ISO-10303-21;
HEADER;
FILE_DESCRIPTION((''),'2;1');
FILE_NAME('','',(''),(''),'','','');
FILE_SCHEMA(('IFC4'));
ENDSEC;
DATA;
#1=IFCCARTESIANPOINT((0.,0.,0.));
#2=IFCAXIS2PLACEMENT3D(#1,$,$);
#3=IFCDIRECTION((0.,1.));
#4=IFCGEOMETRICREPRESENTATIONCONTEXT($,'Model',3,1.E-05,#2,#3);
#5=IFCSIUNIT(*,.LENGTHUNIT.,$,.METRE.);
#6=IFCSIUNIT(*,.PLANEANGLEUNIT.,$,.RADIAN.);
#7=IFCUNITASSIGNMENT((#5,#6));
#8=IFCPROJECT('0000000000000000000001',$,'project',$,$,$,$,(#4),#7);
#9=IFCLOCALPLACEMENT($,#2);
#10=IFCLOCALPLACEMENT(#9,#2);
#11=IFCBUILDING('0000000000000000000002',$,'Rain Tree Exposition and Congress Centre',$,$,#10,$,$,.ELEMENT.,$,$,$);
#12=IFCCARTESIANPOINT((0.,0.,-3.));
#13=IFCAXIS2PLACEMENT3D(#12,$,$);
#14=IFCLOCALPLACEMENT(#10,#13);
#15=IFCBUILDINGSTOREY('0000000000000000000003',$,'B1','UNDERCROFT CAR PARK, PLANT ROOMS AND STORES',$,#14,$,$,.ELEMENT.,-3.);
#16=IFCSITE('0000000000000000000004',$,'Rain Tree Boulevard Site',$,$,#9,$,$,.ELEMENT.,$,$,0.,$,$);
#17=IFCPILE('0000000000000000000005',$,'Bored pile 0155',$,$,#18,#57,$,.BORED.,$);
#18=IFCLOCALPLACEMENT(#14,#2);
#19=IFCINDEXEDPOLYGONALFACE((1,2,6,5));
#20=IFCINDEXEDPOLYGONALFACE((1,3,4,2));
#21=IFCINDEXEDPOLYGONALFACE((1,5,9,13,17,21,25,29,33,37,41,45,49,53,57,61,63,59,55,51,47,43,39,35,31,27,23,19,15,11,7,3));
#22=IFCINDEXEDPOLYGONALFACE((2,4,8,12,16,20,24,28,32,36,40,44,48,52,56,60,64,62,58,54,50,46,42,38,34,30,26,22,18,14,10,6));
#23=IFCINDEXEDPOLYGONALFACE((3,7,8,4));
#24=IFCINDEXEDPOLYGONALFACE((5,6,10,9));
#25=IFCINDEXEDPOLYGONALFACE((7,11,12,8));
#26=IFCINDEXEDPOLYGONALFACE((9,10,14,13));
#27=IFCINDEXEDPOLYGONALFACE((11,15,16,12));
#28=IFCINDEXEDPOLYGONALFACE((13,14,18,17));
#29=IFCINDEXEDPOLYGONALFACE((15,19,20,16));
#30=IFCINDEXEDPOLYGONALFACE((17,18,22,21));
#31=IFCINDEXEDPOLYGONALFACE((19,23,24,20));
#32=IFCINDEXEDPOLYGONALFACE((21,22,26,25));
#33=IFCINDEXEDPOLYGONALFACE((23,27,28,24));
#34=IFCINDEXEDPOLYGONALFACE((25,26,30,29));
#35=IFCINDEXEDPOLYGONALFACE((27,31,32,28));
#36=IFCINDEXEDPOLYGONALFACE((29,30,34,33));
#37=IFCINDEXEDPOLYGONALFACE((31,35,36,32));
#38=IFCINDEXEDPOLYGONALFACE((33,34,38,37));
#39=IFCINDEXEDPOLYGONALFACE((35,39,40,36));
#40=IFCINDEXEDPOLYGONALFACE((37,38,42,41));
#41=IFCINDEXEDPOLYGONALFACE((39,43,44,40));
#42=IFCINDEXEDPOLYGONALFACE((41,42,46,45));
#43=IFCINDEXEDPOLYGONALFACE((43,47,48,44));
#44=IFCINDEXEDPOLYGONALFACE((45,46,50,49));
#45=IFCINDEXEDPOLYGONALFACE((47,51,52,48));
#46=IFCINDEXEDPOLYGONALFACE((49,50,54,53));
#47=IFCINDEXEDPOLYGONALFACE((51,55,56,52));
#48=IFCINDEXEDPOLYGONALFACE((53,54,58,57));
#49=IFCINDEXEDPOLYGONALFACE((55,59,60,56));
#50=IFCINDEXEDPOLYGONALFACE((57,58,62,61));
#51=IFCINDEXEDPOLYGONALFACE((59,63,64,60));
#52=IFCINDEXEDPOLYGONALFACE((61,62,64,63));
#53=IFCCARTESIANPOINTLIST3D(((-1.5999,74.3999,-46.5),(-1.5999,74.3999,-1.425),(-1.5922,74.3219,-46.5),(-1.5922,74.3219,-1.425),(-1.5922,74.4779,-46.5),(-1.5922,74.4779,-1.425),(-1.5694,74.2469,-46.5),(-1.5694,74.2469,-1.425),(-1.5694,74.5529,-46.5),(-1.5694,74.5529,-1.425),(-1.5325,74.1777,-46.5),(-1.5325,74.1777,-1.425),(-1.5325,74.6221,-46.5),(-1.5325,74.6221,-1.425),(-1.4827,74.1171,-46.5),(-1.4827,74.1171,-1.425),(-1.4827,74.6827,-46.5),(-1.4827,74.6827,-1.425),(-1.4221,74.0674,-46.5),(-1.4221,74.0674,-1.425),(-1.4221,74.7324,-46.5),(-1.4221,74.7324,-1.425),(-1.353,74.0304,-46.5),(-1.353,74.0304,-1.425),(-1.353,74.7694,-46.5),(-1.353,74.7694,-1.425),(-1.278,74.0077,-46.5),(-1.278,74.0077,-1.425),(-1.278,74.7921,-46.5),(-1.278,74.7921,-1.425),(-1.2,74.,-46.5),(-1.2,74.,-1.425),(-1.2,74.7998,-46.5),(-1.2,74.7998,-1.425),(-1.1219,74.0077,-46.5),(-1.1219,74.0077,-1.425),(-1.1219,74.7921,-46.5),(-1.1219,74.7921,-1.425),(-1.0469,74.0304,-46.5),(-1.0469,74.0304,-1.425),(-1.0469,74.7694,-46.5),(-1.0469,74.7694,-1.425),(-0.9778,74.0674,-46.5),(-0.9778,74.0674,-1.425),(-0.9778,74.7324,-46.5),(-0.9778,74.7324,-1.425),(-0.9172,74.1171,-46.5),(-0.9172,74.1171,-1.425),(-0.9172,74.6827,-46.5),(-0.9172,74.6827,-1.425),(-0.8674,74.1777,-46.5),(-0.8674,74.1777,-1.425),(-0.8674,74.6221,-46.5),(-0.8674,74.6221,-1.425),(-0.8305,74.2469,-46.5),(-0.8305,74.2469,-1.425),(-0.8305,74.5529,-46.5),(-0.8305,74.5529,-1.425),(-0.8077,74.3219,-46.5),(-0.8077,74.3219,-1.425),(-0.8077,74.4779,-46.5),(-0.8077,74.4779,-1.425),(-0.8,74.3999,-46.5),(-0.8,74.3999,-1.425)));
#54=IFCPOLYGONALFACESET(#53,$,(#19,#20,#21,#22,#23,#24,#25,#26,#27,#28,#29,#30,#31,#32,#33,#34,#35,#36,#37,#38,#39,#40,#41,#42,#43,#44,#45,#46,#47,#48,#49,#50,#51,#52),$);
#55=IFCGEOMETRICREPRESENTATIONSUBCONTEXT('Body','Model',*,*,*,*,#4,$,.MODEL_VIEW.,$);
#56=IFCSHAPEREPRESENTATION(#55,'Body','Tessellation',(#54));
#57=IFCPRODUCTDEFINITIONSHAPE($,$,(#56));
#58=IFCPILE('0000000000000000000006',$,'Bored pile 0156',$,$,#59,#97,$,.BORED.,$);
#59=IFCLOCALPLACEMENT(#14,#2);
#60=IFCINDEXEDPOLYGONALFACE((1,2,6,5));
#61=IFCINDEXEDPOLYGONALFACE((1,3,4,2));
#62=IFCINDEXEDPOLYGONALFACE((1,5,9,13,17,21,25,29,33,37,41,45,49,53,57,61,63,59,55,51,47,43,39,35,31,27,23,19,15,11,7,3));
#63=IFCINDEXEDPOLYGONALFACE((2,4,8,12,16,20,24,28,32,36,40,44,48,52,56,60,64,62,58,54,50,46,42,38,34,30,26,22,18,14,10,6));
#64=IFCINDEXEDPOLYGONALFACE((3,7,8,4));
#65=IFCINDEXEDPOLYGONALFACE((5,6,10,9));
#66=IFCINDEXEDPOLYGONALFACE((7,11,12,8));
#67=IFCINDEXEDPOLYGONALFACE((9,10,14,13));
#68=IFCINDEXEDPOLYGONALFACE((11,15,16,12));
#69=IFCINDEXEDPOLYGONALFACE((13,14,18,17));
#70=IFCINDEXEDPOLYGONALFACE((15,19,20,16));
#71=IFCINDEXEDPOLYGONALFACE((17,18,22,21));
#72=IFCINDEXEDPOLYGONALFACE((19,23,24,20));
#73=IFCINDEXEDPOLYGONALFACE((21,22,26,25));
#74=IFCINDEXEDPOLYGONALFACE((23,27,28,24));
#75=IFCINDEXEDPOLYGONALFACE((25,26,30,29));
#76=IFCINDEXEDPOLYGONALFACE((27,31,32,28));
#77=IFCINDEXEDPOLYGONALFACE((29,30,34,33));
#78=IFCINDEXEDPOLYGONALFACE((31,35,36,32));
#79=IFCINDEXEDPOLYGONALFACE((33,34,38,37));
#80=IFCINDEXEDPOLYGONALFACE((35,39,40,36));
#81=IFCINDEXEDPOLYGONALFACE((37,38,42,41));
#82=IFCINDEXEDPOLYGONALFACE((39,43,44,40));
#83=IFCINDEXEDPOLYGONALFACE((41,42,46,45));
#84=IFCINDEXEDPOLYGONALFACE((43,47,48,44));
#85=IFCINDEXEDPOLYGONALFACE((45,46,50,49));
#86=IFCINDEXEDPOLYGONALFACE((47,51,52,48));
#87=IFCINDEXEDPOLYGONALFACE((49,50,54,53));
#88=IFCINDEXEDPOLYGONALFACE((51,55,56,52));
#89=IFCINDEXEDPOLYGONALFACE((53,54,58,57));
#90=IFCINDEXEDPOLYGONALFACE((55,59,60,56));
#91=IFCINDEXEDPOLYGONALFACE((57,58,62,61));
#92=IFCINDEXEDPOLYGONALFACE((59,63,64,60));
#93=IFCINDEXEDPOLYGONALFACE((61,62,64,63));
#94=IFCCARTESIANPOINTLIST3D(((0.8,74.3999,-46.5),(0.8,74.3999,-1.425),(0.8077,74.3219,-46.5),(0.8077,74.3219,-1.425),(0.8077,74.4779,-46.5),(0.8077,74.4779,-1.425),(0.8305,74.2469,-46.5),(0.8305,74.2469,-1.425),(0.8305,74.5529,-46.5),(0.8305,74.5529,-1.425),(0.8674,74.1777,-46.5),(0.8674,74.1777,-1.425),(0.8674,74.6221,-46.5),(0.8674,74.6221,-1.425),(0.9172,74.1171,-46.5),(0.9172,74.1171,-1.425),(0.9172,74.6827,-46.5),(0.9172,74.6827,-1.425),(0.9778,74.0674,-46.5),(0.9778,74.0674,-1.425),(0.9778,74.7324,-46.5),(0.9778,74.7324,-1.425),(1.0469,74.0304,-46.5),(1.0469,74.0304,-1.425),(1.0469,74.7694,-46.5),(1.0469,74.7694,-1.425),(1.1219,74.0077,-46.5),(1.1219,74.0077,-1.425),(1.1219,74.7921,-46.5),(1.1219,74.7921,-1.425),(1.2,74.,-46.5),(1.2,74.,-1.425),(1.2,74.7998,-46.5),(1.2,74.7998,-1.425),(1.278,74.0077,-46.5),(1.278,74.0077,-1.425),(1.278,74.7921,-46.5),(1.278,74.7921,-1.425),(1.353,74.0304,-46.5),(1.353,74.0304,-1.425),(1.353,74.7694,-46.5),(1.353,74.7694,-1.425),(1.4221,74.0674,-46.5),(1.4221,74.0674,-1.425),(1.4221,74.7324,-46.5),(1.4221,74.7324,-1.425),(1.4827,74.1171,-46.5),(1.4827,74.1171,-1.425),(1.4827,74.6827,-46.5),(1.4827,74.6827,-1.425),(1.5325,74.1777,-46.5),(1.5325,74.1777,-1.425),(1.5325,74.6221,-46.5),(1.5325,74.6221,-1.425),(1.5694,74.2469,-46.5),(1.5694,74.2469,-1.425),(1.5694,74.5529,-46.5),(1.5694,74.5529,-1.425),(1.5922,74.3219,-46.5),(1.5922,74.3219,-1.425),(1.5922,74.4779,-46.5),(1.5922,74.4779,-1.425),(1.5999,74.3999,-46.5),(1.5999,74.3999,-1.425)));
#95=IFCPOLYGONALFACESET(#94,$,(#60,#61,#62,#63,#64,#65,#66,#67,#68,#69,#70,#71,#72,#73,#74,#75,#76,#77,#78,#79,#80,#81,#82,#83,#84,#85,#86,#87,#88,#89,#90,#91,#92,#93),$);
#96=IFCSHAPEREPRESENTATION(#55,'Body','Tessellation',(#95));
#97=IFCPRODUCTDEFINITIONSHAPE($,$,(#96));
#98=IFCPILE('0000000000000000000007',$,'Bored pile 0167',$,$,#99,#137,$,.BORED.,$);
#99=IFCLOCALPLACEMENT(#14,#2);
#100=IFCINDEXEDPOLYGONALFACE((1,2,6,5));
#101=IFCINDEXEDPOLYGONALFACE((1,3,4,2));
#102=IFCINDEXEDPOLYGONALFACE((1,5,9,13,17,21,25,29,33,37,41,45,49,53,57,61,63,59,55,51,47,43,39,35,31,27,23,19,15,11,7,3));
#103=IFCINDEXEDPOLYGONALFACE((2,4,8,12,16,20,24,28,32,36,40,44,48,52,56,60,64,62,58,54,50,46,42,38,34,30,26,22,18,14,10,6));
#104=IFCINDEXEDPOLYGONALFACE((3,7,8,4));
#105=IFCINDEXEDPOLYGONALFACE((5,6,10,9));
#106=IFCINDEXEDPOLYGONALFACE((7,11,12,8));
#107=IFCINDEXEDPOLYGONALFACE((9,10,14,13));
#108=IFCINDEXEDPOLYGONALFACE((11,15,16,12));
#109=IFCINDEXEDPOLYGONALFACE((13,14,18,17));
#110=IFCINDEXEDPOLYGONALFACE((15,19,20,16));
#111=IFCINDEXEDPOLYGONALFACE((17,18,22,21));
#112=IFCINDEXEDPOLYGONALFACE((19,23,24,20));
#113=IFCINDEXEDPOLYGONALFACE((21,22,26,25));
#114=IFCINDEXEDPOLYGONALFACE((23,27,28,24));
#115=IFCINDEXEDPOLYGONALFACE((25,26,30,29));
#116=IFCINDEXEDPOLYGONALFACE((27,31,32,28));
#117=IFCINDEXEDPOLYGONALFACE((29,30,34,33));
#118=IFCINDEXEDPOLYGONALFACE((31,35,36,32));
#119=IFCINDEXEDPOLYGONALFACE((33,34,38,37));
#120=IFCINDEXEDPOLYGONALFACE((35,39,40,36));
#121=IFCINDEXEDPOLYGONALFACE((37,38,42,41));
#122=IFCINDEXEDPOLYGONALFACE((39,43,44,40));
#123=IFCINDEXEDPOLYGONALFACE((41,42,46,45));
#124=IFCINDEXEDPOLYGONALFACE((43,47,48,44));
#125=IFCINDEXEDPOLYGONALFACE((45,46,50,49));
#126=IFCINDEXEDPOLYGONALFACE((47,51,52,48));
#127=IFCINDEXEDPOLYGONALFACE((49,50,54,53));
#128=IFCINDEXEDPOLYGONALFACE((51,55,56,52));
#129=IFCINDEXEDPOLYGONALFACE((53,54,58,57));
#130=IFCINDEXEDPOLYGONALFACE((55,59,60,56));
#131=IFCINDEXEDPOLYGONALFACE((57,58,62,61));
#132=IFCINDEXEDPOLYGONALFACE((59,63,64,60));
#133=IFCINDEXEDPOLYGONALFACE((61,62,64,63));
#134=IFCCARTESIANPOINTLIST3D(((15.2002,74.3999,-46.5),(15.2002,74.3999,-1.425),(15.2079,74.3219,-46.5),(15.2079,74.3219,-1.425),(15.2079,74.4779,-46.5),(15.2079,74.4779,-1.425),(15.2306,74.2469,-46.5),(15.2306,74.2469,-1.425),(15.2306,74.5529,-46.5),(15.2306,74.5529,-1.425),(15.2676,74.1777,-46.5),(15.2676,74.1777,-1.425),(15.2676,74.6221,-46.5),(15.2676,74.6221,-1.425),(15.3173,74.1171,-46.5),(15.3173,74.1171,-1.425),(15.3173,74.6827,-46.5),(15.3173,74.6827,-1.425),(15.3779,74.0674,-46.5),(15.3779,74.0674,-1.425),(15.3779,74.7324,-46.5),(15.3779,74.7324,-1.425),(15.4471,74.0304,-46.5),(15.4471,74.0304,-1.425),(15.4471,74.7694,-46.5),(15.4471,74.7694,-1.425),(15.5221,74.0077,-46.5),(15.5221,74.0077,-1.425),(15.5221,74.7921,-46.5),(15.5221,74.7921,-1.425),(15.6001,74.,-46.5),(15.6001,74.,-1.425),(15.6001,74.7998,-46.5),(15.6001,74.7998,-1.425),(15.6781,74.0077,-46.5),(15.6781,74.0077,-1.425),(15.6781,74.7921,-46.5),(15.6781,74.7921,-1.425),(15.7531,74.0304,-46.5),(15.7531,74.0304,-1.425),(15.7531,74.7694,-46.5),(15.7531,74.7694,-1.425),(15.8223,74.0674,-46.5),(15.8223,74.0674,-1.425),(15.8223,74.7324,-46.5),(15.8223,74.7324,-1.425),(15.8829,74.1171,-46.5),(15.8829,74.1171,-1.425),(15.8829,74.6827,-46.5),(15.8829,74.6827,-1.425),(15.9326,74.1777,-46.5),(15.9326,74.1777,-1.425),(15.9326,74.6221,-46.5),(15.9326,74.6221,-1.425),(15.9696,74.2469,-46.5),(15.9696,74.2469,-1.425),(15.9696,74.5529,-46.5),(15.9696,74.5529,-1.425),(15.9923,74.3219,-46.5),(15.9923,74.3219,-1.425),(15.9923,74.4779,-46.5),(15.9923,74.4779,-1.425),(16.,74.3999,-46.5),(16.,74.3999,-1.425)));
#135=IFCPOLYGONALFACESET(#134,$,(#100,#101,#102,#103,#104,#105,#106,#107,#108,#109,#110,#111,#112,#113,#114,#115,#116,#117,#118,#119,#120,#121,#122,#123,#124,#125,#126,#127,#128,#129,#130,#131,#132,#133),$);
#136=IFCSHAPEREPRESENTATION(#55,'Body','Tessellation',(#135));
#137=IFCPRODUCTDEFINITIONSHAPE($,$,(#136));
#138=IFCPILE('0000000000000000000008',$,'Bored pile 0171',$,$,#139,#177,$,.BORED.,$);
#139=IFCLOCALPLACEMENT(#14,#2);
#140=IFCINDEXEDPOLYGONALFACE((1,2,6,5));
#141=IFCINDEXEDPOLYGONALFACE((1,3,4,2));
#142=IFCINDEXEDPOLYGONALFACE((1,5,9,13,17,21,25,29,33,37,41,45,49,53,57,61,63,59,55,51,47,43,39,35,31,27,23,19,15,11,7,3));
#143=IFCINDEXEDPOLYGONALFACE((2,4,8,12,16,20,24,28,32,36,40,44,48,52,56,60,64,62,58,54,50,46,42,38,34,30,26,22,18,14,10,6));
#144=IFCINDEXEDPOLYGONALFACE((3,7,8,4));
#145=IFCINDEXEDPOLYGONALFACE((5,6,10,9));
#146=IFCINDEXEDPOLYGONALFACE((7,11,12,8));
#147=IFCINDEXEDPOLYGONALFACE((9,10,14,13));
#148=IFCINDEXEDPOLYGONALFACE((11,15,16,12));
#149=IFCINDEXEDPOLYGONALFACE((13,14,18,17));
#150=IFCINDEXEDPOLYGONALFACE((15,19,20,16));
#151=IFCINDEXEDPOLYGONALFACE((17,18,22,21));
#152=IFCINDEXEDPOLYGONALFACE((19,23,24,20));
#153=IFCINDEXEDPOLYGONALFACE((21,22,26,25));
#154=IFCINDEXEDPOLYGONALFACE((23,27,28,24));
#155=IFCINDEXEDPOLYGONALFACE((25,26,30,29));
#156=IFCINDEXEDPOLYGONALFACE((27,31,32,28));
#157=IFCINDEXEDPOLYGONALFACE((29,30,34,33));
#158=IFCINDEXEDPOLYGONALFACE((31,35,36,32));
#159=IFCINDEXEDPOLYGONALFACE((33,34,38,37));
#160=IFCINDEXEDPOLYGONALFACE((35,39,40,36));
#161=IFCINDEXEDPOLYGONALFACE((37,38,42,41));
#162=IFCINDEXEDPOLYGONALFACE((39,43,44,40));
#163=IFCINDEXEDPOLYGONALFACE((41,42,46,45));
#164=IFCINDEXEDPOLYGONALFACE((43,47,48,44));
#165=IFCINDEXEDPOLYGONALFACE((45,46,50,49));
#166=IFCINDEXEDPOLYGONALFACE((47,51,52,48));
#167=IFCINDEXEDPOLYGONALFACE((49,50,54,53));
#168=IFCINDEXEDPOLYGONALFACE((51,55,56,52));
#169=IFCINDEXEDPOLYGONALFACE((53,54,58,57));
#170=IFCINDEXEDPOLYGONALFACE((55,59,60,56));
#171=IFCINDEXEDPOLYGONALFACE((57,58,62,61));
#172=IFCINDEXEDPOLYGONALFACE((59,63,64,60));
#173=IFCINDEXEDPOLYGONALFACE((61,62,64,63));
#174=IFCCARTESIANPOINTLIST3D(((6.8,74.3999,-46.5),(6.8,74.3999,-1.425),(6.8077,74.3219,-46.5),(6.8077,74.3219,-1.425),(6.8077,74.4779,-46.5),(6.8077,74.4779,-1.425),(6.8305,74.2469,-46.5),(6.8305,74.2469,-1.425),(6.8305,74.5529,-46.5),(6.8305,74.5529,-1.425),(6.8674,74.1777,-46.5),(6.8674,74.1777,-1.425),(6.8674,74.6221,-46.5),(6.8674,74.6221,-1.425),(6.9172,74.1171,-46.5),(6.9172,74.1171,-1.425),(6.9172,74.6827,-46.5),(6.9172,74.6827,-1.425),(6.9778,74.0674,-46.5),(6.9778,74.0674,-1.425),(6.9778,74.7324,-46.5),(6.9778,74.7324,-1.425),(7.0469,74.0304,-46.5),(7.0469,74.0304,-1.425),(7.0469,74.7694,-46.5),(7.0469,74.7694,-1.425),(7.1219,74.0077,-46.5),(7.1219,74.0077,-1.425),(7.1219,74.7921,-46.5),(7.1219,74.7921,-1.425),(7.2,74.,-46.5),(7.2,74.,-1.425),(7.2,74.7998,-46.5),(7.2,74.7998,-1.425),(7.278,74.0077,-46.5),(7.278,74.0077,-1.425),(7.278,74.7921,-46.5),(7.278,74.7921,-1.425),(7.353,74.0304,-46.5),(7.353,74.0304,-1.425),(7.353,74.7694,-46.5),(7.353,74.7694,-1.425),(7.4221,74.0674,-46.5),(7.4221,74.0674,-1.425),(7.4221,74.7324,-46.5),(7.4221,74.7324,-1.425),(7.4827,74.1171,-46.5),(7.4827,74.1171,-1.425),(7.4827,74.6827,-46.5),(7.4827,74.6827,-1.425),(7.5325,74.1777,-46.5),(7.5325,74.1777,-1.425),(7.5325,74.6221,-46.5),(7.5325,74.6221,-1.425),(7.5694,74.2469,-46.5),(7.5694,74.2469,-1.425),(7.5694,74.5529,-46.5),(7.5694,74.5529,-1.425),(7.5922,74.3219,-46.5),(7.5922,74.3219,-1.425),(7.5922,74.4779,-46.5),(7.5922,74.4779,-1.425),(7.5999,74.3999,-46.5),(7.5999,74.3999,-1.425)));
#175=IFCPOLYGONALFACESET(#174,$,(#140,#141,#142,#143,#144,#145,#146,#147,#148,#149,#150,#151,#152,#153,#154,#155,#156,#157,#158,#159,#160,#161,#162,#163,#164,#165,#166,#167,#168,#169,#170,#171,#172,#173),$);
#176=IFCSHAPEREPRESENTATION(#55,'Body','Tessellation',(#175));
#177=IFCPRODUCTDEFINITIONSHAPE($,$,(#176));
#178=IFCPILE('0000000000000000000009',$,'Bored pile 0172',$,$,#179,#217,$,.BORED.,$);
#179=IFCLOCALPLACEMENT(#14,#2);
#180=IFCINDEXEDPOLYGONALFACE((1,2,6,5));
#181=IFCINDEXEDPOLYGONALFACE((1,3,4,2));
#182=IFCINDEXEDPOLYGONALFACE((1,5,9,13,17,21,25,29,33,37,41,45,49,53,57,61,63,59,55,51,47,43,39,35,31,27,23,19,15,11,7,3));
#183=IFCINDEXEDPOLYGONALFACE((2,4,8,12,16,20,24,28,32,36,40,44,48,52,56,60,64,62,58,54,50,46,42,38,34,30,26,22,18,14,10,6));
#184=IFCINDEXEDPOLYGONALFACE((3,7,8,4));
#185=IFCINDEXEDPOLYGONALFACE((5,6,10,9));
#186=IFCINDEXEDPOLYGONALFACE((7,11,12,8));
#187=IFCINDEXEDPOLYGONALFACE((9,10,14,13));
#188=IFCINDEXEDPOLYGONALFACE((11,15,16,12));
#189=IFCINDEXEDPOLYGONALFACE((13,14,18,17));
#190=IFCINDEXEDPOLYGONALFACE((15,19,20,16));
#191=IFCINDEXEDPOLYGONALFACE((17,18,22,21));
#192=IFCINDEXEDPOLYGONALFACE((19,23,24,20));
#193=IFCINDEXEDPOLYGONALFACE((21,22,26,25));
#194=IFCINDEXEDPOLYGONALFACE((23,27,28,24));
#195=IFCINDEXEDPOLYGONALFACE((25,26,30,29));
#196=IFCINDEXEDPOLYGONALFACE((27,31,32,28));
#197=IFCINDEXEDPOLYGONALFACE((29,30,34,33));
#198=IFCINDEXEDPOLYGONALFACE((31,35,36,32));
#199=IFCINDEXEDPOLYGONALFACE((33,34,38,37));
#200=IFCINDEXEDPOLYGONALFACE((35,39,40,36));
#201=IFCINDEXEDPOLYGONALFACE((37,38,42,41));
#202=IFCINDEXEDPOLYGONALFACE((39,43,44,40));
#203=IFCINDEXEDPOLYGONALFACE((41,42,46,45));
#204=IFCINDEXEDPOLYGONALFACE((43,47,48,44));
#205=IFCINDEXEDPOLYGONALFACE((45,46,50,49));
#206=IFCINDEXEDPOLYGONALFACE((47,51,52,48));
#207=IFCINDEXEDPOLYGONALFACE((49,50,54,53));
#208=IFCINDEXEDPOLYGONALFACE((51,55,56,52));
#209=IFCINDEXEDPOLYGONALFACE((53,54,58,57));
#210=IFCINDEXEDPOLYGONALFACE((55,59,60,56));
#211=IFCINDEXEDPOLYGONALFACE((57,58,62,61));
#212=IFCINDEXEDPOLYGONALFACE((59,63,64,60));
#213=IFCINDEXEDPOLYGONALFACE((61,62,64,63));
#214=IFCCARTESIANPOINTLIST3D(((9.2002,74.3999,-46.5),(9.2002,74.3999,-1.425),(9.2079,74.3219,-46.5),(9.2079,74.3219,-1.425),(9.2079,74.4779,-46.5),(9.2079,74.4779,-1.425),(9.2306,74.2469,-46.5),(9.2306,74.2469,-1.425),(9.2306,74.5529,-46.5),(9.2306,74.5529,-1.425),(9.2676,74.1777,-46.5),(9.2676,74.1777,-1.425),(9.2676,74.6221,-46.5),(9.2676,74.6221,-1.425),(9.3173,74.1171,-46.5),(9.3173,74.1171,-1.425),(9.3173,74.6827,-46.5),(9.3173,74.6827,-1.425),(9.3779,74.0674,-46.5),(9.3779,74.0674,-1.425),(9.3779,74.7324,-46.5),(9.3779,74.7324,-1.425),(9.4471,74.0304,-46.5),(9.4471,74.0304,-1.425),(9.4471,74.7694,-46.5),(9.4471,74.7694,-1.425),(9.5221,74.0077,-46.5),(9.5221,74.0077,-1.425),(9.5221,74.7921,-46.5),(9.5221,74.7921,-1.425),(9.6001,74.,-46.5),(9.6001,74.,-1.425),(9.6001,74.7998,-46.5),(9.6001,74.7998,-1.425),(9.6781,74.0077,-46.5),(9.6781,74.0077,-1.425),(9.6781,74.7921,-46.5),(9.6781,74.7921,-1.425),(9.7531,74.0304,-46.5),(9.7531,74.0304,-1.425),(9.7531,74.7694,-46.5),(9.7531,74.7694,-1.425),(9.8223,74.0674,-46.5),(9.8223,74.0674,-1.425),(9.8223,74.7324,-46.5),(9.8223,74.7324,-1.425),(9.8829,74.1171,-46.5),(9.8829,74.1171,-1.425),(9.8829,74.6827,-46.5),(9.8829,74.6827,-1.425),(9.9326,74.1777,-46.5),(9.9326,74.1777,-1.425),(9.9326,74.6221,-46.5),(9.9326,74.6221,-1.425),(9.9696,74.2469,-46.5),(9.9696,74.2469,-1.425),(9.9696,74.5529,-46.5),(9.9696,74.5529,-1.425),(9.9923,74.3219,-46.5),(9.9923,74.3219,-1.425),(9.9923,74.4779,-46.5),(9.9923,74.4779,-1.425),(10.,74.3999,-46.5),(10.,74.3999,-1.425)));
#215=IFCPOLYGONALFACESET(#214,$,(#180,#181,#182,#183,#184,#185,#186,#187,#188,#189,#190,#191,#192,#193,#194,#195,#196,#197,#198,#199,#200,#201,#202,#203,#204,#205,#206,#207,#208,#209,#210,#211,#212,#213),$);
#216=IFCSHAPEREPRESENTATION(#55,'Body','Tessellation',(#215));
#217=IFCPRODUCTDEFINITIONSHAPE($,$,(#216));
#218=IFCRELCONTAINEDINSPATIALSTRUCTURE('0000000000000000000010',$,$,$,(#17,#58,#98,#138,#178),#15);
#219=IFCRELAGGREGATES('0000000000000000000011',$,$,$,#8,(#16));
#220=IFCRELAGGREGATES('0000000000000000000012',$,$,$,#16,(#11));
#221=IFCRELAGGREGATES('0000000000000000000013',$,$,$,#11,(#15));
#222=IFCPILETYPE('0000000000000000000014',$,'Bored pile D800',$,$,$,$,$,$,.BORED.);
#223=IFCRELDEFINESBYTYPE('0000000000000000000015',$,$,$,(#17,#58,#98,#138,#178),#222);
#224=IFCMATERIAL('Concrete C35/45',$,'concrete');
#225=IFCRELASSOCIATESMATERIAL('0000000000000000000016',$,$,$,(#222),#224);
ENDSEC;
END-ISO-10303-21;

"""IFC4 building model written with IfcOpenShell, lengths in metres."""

from ifc_helpers import new_model, si_unit, direction, frame, origin, origin_2d, place, context, subcontext, project, spatial, circle, extrude, material, material_profile, profile_set, type_object, element, save


model = new_model("IFC4")

# Units and contexts
model_context = context("Model", 3, precision=1e-05, world=origin(), true_north=direction((0.0, 1.0)))
body_context = subcontext(model_context, "Body", "Model", "MODEL_VIEW")
ifc_project = project(units=[si_unit("LENGTHUNIT", "METRE"), si_unit("PLANEANGLEUNIT", "RADIAN")], contexts=[model_context])

# Site, building, storey
site_placement = place(None, origin())
site = spatial("IfcSite", under=ifc_project, at=site_placement, Name="Rain Tree Boulevard Site", CompositionType="ELEMENT", RefElevation=0.0)
building_placement = place(site_placement, origin())
building = spatial("IfcBuilding", under=site, at=building_placement, Name="Rain Tree Exposition and Congress Centre", CompositionType="ELEMENT")
storey_placement = place(building_placement, frame((0.0, 0.0, -3.0)))
storey = spatial("IfcBuildingStorey", under=building, at=storey_placement, Name="B1", Description="UNDERCROFT CAR PARK, PLANT ROOMS AND STORES", CompositionType="ELEMENT", Elevation=-3.0)

# Piles
ifc_material_1 = material(Name="Concrete C35/45", Category="concrete")
ifc_material_profile_1 = material_profile(ifc_material_1, circle(Radius=0.3999, at=origin_2d()), Name="D800")
ifc_profile_set_1 = profile_set([ifc_material_profile_1], Name="Concrete C35/45")
pile_type = type_object("IfcPileType", Name="Bored pile D800", PredefinedType="BORED", material=ifc_profile_set_1)
for number, where, z_axis, x_axis, name in (
    (1, (-1.2, 74.3999, -1.425), (0.0, 0.0, -1.0), (1.0, 0.0, 0.0), "Bored pile 0155"),
    (2, (1.2, 74.3999, -1.425), (0.0, 0.0, -1.0), (1.0, 0.0, 0.0), "Bored pile 0156"),
    (3, (15.6001, 74.3999, -1.425), (0.0, 0.0, -1.0), (1.0, 0.0, 0.0), "Bored pile 0167"),
    (4, (7.2, 74.3999, -1.425), (0.0, 0.0, -1.0), (1.0, 0.0, 0.0), "Bored pile 0171"),
    (5, (9.6001, 74.3999, -1.425), (0.0, 0.0, -1.0), (1.0, 0.0, 0.0), "Bored pile 0172"),
):
    element("IfcPile", number, at=place(storey_placement, frame(where, z_axis=z_axis, x_axis=x_axis)), inside=storey, type_object=pile_type, Name=name, PredefinedType="BORED", context=body_context, shape_type="SweptSolid", body=[
        extrude(circle(Radius=0.3999, at=origin_2d()), origin(), (0.0, 0.0, 1.0), 45.075),
    ])

save(model, "model.ifc")
